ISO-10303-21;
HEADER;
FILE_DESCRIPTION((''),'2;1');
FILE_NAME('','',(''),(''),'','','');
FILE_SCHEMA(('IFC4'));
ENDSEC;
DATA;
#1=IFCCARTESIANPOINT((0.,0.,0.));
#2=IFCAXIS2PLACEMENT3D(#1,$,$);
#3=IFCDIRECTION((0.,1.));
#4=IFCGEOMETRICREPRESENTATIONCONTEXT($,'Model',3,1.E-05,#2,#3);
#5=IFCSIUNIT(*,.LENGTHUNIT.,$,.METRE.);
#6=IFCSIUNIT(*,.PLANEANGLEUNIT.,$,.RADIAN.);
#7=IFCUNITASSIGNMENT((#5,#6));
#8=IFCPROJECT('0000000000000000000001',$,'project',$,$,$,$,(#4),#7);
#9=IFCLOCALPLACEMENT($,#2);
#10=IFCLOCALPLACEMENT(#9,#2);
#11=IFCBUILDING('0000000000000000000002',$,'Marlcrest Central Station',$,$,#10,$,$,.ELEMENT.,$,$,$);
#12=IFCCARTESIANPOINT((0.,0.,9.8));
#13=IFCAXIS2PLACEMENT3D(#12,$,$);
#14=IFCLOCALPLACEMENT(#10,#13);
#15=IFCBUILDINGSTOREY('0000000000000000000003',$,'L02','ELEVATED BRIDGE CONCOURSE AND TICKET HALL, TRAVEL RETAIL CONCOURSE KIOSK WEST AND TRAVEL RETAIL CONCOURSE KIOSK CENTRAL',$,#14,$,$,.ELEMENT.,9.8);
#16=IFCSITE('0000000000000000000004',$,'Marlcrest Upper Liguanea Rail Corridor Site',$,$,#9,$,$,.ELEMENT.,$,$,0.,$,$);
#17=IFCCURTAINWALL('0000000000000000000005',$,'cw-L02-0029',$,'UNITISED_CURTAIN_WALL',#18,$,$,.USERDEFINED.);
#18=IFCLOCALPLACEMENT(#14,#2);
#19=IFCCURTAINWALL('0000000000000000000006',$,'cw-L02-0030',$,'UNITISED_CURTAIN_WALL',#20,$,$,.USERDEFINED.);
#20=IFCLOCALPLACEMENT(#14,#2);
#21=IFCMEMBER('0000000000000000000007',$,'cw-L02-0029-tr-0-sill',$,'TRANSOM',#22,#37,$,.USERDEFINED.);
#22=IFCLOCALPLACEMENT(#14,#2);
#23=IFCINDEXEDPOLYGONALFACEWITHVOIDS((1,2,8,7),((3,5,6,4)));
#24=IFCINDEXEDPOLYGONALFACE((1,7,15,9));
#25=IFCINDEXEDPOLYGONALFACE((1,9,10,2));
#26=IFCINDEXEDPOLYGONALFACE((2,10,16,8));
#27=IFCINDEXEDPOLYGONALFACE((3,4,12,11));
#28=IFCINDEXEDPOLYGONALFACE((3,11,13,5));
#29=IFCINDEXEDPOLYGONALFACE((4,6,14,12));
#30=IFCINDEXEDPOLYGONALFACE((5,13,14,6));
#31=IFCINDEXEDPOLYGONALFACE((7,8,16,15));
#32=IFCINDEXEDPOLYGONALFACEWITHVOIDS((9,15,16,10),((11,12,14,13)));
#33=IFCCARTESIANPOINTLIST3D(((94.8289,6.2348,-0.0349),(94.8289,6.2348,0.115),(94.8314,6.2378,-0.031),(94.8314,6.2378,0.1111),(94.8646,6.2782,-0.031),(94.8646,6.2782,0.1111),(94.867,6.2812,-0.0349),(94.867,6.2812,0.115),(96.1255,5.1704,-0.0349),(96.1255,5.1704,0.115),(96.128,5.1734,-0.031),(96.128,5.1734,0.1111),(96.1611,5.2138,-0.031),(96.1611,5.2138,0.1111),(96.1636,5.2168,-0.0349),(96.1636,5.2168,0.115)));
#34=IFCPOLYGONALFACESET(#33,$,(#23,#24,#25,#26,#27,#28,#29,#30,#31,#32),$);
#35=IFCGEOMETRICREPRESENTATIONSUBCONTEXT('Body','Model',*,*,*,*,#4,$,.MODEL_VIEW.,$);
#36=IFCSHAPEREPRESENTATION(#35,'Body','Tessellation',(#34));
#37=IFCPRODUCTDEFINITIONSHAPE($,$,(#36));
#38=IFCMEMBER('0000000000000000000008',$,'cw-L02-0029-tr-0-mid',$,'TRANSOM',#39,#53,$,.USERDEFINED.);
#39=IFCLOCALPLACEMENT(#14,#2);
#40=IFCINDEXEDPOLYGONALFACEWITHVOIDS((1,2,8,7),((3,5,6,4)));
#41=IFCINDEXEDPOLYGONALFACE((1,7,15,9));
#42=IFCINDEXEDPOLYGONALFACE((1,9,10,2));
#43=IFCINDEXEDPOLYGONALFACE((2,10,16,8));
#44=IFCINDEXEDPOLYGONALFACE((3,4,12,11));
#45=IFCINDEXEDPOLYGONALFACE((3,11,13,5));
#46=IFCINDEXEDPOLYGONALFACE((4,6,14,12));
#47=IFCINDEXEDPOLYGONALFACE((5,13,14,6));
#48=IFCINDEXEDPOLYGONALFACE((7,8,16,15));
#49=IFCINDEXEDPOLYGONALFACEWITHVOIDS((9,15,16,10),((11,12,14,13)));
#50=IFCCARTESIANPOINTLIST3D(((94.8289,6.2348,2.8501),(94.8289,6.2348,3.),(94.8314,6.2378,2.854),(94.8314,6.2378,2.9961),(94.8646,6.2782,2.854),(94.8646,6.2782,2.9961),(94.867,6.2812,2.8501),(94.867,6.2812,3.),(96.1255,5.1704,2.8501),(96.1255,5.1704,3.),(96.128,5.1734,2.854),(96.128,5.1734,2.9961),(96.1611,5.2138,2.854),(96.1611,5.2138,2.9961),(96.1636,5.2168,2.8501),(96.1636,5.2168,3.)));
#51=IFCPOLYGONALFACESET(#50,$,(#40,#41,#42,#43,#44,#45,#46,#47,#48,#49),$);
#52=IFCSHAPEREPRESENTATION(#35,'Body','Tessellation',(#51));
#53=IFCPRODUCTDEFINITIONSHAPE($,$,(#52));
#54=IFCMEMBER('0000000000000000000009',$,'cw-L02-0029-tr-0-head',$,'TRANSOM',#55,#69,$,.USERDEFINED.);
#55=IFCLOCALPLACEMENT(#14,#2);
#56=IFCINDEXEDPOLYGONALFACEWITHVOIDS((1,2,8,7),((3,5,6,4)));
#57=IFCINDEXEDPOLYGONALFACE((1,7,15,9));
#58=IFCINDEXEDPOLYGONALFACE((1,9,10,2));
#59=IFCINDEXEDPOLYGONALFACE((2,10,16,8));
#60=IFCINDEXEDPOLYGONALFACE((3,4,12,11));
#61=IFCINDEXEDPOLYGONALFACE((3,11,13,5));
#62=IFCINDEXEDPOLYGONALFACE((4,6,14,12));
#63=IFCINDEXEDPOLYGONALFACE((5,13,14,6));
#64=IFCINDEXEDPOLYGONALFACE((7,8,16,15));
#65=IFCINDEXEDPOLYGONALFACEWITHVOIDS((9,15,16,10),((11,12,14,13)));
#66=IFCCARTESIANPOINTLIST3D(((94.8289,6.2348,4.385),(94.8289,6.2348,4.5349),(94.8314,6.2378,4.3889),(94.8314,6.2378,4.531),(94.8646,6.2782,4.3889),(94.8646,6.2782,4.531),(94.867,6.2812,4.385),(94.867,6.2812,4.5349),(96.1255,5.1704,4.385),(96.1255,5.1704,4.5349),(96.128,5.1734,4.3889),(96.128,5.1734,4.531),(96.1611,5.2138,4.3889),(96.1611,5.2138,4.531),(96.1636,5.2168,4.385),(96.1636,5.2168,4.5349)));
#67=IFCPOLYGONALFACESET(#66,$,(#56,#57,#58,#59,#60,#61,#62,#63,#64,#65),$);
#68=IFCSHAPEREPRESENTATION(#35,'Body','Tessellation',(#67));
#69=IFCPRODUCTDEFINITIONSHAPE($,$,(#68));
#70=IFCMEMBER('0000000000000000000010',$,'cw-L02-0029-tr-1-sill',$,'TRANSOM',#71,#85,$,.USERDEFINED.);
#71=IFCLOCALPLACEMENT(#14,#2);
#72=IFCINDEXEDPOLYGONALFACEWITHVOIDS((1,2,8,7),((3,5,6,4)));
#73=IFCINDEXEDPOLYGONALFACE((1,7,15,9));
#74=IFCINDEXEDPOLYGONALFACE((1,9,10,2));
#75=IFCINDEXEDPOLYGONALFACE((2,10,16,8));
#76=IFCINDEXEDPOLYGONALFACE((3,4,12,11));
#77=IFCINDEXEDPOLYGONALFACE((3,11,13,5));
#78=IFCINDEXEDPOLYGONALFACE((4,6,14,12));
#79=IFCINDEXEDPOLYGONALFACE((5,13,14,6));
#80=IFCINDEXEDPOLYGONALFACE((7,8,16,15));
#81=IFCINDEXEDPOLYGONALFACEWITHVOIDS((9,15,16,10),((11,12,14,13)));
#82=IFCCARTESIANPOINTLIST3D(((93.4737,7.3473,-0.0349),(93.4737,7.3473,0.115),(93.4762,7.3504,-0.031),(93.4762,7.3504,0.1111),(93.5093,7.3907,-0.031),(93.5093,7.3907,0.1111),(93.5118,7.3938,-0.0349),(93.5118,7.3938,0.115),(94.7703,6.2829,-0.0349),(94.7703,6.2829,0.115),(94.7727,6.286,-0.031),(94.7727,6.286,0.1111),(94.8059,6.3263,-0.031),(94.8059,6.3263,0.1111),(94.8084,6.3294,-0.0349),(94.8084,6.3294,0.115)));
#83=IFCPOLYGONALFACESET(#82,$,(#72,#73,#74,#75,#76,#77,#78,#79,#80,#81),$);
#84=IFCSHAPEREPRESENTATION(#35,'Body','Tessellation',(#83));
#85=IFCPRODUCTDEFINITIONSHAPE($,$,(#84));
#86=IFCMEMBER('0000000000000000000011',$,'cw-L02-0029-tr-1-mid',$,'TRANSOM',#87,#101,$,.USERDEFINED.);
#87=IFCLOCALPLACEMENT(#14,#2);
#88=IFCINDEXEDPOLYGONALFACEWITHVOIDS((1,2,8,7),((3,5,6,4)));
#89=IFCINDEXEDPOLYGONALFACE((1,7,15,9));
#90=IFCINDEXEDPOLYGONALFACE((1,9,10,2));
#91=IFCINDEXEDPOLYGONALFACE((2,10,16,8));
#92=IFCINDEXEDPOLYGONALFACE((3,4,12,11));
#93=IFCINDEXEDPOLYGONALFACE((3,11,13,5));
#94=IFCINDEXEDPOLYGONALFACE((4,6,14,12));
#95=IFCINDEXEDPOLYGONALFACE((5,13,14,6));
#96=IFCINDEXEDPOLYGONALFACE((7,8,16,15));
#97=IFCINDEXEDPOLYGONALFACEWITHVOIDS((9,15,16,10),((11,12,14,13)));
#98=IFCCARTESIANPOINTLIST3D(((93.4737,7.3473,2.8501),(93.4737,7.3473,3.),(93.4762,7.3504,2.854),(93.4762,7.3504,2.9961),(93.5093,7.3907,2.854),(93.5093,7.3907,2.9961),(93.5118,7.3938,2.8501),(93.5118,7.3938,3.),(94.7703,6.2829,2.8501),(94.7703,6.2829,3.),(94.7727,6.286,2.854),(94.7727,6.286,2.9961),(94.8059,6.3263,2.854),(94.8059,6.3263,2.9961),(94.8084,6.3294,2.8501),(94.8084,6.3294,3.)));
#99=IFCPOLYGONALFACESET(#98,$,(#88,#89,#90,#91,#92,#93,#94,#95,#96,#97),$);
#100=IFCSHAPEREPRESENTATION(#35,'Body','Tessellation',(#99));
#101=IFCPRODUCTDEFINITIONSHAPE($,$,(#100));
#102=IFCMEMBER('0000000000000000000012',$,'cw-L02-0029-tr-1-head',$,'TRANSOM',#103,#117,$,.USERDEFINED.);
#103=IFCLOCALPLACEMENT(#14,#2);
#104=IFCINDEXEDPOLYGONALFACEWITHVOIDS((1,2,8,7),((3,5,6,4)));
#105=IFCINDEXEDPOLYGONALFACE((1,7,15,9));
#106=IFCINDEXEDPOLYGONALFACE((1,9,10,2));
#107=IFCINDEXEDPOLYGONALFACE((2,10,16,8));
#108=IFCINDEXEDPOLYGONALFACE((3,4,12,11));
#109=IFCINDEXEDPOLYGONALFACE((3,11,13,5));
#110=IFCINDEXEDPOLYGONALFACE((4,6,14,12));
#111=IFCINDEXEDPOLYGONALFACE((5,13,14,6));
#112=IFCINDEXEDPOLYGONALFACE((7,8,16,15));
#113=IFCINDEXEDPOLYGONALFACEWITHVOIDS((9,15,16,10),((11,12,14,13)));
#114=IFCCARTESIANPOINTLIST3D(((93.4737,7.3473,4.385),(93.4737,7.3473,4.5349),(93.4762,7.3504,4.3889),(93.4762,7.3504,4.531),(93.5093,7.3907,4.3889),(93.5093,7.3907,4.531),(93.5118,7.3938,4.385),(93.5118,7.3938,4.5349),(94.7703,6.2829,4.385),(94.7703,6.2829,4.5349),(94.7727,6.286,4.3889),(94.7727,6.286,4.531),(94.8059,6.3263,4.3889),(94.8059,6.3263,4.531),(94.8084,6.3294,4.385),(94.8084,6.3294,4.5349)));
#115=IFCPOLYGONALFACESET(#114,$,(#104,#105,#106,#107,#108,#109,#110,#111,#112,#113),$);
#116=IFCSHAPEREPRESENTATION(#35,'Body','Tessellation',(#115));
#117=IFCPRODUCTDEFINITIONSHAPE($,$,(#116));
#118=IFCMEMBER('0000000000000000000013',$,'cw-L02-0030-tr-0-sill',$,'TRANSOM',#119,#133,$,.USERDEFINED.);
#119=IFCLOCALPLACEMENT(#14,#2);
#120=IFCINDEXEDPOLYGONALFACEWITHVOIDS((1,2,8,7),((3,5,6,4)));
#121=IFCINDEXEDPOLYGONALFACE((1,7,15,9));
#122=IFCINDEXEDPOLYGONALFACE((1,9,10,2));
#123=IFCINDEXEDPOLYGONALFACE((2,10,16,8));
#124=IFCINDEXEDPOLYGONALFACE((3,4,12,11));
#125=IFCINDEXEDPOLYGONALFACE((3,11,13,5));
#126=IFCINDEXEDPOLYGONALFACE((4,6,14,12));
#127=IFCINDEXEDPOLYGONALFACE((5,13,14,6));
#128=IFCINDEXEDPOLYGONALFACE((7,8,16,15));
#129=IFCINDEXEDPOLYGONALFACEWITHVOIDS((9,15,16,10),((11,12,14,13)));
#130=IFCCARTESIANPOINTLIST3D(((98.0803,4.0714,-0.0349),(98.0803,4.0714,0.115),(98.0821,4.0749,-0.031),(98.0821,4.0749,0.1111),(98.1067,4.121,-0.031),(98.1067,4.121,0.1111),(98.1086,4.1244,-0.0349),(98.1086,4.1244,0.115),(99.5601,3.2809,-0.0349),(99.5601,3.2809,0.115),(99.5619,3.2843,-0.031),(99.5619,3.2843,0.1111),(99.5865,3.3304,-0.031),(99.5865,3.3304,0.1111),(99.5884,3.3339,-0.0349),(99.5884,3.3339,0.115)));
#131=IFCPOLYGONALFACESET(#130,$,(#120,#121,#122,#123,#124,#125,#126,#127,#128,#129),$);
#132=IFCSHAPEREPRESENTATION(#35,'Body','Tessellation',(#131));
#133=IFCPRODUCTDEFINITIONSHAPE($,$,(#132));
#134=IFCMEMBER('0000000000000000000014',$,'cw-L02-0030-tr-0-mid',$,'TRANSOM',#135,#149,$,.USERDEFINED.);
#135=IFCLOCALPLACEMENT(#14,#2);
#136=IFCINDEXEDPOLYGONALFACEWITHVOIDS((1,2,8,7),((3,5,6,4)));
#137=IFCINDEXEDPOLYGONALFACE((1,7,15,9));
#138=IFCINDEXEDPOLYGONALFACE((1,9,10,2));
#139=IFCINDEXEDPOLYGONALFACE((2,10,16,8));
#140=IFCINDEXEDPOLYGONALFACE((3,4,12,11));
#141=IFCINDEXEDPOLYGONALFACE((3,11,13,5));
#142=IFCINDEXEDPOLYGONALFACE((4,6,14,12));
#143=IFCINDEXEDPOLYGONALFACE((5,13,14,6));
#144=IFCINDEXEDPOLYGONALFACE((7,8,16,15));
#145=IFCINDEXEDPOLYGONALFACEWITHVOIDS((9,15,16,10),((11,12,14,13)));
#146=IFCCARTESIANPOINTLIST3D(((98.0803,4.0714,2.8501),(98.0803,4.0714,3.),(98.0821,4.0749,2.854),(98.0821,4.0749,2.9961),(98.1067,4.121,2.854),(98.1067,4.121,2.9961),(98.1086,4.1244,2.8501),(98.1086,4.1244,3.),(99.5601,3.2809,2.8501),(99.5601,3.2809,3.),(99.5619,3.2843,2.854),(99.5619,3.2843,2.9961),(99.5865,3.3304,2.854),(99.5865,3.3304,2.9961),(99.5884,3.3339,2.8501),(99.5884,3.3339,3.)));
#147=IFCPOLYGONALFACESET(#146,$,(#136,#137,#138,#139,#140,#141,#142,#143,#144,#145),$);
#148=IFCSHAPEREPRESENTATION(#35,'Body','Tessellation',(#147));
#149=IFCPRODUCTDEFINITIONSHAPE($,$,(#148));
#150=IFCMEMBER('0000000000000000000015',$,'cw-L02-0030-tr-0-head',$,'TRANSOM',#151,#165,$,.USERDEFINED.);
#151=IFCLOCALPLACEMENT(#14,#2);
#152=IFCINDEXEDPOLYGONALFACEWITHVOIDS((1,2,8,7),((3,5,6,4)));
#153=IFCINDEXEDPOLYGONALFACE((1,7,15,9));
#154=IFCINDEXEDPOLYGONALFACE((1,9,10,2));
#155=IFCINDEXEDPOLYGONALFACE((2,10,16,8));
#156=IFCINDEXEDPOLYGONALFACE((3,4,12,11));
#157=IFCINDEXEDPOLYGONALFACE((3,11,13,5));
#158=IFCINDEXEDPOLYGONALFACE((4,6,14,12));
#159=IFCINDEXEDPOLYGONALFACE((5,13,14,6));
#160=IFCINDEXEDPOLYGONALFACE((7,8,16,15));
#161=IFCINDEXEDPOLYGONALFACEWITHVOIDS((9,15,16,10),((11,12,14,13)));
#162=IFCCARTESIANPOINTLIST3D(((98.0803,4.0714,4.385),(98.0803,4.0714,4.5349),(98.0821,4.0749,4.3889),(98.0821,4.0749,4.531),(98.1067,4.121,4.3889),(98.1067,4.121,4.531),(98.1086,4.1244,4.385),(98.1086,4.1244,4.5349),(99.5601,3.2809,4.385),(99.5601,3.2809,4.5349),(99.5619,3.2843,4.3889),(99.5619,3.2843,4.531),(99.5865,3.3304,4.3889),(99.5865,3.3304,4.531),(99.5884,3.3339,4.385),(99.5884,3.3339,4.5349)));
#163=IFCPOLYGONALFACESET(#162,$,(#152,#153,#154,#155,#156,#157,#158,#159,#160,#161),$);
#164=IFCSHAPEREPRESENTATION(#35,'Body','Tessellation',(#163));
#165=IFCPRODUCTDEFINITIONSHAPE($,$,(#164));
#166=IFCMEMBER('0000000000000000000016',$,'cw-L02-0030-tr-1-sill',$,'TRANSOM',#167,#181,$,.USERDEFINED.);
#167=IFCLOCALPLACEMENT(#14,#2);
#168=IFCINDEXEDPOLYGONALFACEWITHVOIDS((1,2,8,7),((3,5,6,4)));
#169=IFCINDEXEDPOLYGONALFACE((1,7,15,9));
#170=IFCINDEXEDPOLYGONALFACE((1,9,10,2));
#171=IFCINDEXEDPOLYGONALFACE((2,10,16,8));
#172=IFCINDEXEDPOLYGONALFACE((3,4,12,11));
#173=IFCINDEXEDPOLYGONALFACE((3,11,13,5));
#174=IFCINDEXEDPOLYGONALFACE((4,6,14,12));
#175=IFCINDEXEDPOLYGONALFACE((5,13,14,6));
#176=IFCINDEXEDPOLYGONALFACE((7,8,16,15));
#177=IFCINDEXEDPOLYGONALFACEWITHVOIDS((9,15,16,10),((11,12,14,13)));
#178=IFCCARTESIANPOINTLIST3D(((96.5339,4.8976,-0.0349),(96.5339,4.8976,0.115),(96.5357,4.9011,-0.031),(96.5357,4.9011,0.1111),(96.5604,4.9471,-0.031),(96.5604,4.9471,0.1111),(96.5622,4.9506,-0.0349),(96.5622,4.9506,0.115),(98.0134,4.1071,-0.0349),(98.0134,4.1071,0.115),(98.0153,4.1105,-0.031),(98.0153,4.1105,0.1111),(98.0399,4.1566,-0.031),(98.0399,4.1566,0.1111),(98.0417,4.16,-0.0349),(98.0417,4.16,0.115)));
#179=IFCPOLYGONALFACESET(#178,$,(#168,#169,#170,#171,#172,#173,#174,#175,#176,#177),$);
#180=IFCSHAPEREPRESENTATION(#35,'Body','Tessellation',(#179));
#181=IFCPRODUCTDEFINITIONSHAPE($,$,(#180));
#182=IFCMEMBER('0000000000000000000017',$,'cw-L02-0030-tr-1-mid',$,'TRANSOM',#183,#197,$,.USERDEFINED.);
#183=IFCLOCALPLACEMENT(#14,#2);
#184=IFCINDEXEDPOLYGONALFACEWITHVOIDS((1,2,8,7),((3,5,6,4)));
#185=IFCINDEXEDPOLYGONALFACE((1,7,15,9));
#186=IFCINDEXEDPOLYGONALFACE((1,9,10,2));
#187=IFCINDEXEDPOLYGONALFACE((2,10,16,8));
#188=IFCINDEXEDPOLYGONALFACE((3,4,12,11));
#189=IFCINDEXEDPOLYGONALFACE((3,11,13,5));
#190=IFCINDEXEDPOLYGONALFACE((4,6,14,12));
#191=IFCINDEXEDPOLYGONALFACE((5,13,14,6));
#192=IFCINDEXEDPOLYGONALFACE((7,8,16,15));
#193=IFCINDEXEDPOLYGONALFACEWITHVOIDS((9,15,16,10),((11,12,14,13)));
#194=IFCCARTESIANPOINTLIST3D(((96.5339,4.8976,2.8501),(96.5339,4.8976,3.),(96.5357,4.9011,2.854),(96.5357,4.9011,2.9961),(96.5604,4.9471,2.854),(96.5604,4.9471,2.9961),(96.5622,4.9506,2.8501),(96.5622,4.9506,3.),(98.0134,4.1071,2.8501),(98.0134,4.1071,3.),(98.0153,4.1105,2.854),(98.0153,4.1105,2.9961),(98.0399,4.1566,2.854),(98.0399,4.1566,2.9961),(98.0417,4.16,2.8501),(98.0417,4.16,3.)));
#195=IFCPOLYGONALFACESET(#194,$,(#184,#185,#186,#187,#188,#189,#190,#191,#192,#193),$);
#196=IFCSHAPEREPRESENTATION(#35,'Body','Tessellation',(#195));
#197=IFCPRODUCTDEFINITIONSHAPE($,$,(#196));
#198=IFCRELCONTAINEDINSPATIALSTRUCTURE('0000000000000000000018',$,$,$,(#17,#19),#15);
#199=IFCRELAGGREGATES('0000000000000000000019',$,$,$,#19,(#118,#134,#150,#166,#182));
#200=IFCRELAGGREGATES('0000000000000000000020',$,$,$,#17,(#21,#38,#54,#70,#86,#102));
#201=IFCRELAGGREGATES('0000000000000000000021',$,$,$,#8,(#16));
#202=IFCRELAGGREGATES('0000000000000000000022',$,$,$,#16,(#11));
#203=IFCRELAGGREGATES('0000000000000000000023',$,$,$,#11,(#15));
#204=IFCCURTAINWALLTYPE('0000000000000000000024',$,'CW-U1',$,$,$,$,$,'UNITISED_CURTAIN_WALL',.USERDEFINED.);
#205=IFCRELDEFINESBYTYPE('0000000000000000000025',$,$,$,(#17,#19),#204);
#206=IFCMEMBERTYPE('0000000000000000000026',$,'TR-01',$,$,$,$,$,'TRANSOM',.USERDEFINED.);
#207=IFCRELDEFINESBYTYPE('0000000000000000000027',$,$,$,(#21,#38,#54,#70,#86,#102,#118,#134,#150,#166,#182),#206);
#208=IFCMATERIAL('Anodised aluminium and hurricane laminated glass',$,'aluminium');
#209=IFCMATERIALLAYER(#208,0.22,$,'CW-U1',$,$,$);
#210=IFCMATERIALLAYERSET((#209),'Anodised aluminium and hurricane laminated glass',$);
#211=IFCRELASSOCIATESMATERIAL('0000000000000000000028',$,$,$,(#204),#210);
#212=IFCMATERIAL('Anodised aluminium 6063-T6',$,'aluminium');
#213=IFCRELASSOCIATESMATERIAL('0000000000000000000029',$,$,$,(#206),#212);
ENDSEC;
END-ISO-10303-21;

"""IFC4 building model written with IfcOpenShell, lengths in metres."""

from ifc_helpers import new_model, si_unit, direction, frame, origin, origin_2d, place, context, subcontext, project, spatial, hollow_rectangle, extrude, material, layer, layer_set, material_profile, profile_set, type_object, element, aggregate, save


model = new_model("IFC4")

# Units and contexts
model_context = context("Model", 3, precision=1e-05, world=origin(), true_north=direction((0.0, 1.0)))
body_context = subcontext(model_context, "Body", "Model", "MODEL_VIEW")
ifc_project = project(units=[si_unit("LENGTHUNIT", "METRE"), si_unit("PLANEANGLEUNIT", "RADIAN")], contexts=[model_context])

# Site, building, storey
site_placement = place(None, origin())
site = spatial("IfcSite", under=ifc_project, at=site_placement, Name="Marlcrest Upper Liguanea Rail Corridor Site", CompositionType="ELEMENT", RefElevation=0.0)
building_placement = place(site_placement, origin())
building = spatial("IfcBuilding", under=site, at=building_placement, Name="Marlcrest Central Station", CompositionType="ELEMENT")
storey_placement = place(building_placement, frame((0.0, 0.0, 9.8)))
storey = spatial("IfcBuildingStorey", under=building, at=storey_placement, Name="L02", Description="ELEVATED BRIDGE CONCOURSE AND TICKET HALL, TRAVEL RETAIL CONCOURSE KIOSK WEST AND TRAVEL RETAIL CONCOURSE KIOSK CENTRAL", CompositionType="ELEMENT", Elevation=9.8)

# Curtain walls
ifc_material_1 = material(Name="Anodised aluminium and hurricane laminated glass", Category="aluminium")
ifc_layer_1 = layer(ifc_material_1, 0.22, Name="CW-U1")
ifc_layer_set_1 = layer_set([ifc_layer_1], Name="Anodised aluminium and hurricane laminated glass")
curtain_wall_type = type_object("IfcCurtainWallType", Name="CW-U1", ElementType="UNITISED_CURTAIN_WALL", PredefinedType="USERDEFINED", material=ifc_layer_set_1)
curtain_wall_1_placement = place(storey_placement, origin())
curtain_wall_1 = element("IfcCurtainWall", 1, at=curtain_wall_1_placement, inside=storey, type_object=curtain_wall_type, Name="cw-L02-0029", ObjectType="UNITISED_CURTAIN_WALL", PredefinedType="USERDEFINED")
ifc_material_2 = material(Name="Anodised aluminium 6063-T6", Category="aluminium")
curtain_wall_2_placement = place(storey_placement, origin())
curtain_wall_2 = element("IfcCurtainWall", 2, at=curtain_wall_2_placement, inside=storey, type_object=curtain_wall_type, Name="cw-L02-0030", ObjectType="UNITISED_CURTAIN_WALL", PredefinedType="USERDEFINED")

# Members
ifc_material_profile_1 = material_profile(ifc_material_2, hollow_rectangle(XDim=0.0601, YDim=0.1499, WallThickness=0.0039, at=origin_2d()), Name="AA-RHS 150x60x4")
ifc_profile_set_1 = profile_set([ifc_material_profile_1], Name="Anodised aluminium 6063-T6")
member_type_1 = type_object("IfcMemberType", Name="TR-01", ElementType="TRANSOM", PredefinedType="USERDEFINED", material=ifc_profile_set_1)
member_1_placement = place(storey_placement, frame((96.1445, 5.1936, 0.04), z_axis=(-0.772912, 0.634513, 0.0), x_axis=(-0.634513, -0.772912, 0.0)))
member_1 = element("IfcMember", 3, at=member_1_placement, type_object=member_type_1, Name="cw-L02-0029-tr-0-sill", ObjectType="TRANSOM", PredefinedType="USERDEFINED", context=body_context, shape_type="SweptSolid", body=[
    extrude(hollow_rectangle(XDim=0.0601, YDim=0.1499, WallThickness=0.0039, at=origin_2d()), origin(), (0.0, 0.0, 1.0), 1.6775),
])
member_2_placement = place(storey_placement, frame((96.1445, 5.1936, 2.925), z_axis=(-0.772912, 0.634513, 0.0), x_axis=(-0.634513, -0.772912, 0.0)))
member_2 = element("IfcMember", 4, at=member_2_placement, type_object=member_type_1, Name="cw-L02-0029-tr-0-mid", ObjectType="TRANSOM", PredefinedType="USERDEFINED", context=body_context, shape_type="SweptSolid", body=[
    extrude(hollow_rectangle(XDim=0.0601, YDim=0.1499, WallThickness=0.0039, at=origin_2d()), origin(), (0.0, 0.0, 1.0), 1.6775),
])
member_3_placement = place(storey_placement, frame((96.1445, 5.1936, 4.46), z_axis=(-0.772912, 0.634513, 0.0), x_axis=(-0.634513, -0.772912, 0.0)))
member_3 = element("IfcMember", 5, at=member_3_placement, type_object=member_type_1, Name="cw-L02-0029-tr-0-head", ObjectType="TRANSOM", PredefinedType="USERDEFINED", context=body_context, shape_type="SweptSolid", body=[
    extrude(hollow_rectangle(XDim=0.0601, YDim=0.1499, WallThickness=0.0039, at=origin_2d()), origin(), (0.0, 0.0, 1.0), 1.6775),
])
member_4_placement = place(storey_placement, frame((94.7893, 6.3062, 0.04), z_axis=(-0.772912, 0.634513, 0.0), x_axis=(-0.634513, -0.772912, 0.0)))
member_4 = element("IfcMember", 6, at=member_4_placement, type_object=member_type_1, Name="cw-L02-0029-tr-1-sill", ObjectType="TRANSOM", PredefinedType="USERDEFINED", context=body_context, shape_type="SweptSolid", body=[
    extrude(hollow_rectangle(XDim=0.0601, YDim=0.1499, WallThickness=0.0039, at=origin_2d()), origin(), (0.0, 0.0, 1.0), 1.6775),
])
member_5_placement = place(storey_placement, frame((94.7893, 6.3062, 2.925), z_axis=(-0.772912, 0.634513, 0.0), x_axis=(-0.634513, -0.772912, 0.0)))
member_5 = element("IfcMember", 7, at=member_5_placement, type_object=member_type_1, Name="cw-L02-0029-tr-1-mid", ObjectType="TRANSOM", PredefinedType="USERDEFINED", context=body_context, shape_type="SweptSolid", body=[
    extrude(hollow_rectangle(XDim=0.0601, YDim=0.1499, WallThickness=0.0039, at=origin_2d()), origin(), (0.0, 0.0, 1.0), 1.6775),
])
member_6_placement = place(storey_placement, frame((94.7893, 6.3062, 4.46), z_axis=(-0.772912, 0.634513, 0.0), x_axis=(-0.634513, -0.772912, 0.0)))
member_6 = element("IfcMember", 8, at=member_6_placement, type_object=member_type_1, Name="cw-L02-0029-tr-1-head", ObjectType="TRANSOM", PredefinedType="USERDEFINED", context=body_context, shape_type="SweptSolid", body=[
    extrude(hollow_rectangle(XDim=0.0601, YDim=0.1499, WallThickness=0.0039, at=origin_2d()), origin(), (0.0, 0.0, 1.0), 1.6775),
])
member_7_placement = place(storey_placement, frame((99.5742, 3.3074, 0.04), z_axis=(-0.882022, 0.471207, 0.0), x_axis=(-0.471207, -0.882022, 0.0)))
member_7 = element("IfcMember", 9, at=member_7_placement, type_object=member_type_1, Name="cw-L02-0030-tr-0-sill", ObjectType="TRANSOM", PredefinedType="USERDEFINED", context=body_context, shape_type="SweptSolid", body=[
    extrude(hollow_rectangle(XDim=0.0601, YDim=0.1499, WallThickness=0.0039, at=origin_2d()), origin(), (0.0, 0.0, 1.0), 1.6777),
])
member_8_placement = place(storey_placement, frame((99.5742, 3.3074, 2.925), z_axis=(-0.882022, 0.471207, 0.0), x_axis=(-0.471207, -0.882022, 0.0)))
member_8 = element("IfcMember", 10, at=member_8_placement, type_object=member_type_1, Name="cw-L02-0030-tr-0-mid", ObjectType="TRANSOM", PredefinedType="USERDEFINED", context=body_context, shape_type="SweptSolid", body=[
    extrude(hollow_rectangle(XDim=0.0601, YDim=0.1499, WallThickness=0.0039, at=origin_2d()), origin(), (0.0, 0.0, 1.0), 1.6777),
])
member_9_placement = place(storey_placement, frame((99.5742, 3.3074, 4.46), z_axis=(-0.882022, 0.471207, 0.0), x_axis=(-0.471207, -0.882022, 0.0)))
member_9 = element("IfcMember", 11, at=member_9_placement, type_object=member_type_1, Name="cw-L02-0030-tr-0-head", ObjectType="TRANSOM", PredefinedType="USERDEFINED", context=body_context, shape_type="SweptSolid", body=[
    extrude(hollow_rectangle(XDim=0.0601, YDim=0.1499, WallThickness=0.0039, at=origin_2d()), origin(), (0.0, 0.0, 1.0), 1.6777),
])
member_10_placement = place(storey_placement, frame((98.0276, 4.1335, 0.04), z_axis=(-0.88199, 0.471268, 0.0), x_axis=(-0.471268, -0.88199, 0.0)))
member_10 = element("IfcMember", 12, at=member_10_placement, type_object=member_type_1, Name="cw-L02-0030-tr-1-sill", ObjectType="TRANSOM", PredefinedType="USERDEFINED", context=body_context, shape_type="SweptSolid", body=[
    extrude(hollow_rectangle(XDim=0.0601, YDim=0.1499, WallThickness=0.0039, at=origin_2d()), origin(), (0.0, 0.0, 1.0), 1.6775),
])
member_11_placement = place(storey_placement, frame((98.0276, 4.1335, 2.925), z_axis=(-0.88199, 0.471268, 0.0), x_axis=(-0.471268, -0.88199, 0.0)))
member_11 = element("IfcMember", 13, at=member_11_placement, type_object=member_type_1, Name="cw-L02-0030-tr-1-mid", ObjectType="TRANSOM", PredefinedType="USERDEFINED", context=body_context, shape_type="SweptSolid", body=[
    extrude(hollow_rectangle(XDim=0.0601, YDim=0.1499, WallThickness=0.0039, at=origin_2d()), origin(), (0.0, 0.0, 1.0), 1.6775),
])

aggregate(curtain_wall_2, [member_7, member_8, member_9, member_10, member_11])
aggregate(curtain_wall_1, [member_1, member_2, member_3, member_4, member_5, member_6])

save(model, "model.ifc")
